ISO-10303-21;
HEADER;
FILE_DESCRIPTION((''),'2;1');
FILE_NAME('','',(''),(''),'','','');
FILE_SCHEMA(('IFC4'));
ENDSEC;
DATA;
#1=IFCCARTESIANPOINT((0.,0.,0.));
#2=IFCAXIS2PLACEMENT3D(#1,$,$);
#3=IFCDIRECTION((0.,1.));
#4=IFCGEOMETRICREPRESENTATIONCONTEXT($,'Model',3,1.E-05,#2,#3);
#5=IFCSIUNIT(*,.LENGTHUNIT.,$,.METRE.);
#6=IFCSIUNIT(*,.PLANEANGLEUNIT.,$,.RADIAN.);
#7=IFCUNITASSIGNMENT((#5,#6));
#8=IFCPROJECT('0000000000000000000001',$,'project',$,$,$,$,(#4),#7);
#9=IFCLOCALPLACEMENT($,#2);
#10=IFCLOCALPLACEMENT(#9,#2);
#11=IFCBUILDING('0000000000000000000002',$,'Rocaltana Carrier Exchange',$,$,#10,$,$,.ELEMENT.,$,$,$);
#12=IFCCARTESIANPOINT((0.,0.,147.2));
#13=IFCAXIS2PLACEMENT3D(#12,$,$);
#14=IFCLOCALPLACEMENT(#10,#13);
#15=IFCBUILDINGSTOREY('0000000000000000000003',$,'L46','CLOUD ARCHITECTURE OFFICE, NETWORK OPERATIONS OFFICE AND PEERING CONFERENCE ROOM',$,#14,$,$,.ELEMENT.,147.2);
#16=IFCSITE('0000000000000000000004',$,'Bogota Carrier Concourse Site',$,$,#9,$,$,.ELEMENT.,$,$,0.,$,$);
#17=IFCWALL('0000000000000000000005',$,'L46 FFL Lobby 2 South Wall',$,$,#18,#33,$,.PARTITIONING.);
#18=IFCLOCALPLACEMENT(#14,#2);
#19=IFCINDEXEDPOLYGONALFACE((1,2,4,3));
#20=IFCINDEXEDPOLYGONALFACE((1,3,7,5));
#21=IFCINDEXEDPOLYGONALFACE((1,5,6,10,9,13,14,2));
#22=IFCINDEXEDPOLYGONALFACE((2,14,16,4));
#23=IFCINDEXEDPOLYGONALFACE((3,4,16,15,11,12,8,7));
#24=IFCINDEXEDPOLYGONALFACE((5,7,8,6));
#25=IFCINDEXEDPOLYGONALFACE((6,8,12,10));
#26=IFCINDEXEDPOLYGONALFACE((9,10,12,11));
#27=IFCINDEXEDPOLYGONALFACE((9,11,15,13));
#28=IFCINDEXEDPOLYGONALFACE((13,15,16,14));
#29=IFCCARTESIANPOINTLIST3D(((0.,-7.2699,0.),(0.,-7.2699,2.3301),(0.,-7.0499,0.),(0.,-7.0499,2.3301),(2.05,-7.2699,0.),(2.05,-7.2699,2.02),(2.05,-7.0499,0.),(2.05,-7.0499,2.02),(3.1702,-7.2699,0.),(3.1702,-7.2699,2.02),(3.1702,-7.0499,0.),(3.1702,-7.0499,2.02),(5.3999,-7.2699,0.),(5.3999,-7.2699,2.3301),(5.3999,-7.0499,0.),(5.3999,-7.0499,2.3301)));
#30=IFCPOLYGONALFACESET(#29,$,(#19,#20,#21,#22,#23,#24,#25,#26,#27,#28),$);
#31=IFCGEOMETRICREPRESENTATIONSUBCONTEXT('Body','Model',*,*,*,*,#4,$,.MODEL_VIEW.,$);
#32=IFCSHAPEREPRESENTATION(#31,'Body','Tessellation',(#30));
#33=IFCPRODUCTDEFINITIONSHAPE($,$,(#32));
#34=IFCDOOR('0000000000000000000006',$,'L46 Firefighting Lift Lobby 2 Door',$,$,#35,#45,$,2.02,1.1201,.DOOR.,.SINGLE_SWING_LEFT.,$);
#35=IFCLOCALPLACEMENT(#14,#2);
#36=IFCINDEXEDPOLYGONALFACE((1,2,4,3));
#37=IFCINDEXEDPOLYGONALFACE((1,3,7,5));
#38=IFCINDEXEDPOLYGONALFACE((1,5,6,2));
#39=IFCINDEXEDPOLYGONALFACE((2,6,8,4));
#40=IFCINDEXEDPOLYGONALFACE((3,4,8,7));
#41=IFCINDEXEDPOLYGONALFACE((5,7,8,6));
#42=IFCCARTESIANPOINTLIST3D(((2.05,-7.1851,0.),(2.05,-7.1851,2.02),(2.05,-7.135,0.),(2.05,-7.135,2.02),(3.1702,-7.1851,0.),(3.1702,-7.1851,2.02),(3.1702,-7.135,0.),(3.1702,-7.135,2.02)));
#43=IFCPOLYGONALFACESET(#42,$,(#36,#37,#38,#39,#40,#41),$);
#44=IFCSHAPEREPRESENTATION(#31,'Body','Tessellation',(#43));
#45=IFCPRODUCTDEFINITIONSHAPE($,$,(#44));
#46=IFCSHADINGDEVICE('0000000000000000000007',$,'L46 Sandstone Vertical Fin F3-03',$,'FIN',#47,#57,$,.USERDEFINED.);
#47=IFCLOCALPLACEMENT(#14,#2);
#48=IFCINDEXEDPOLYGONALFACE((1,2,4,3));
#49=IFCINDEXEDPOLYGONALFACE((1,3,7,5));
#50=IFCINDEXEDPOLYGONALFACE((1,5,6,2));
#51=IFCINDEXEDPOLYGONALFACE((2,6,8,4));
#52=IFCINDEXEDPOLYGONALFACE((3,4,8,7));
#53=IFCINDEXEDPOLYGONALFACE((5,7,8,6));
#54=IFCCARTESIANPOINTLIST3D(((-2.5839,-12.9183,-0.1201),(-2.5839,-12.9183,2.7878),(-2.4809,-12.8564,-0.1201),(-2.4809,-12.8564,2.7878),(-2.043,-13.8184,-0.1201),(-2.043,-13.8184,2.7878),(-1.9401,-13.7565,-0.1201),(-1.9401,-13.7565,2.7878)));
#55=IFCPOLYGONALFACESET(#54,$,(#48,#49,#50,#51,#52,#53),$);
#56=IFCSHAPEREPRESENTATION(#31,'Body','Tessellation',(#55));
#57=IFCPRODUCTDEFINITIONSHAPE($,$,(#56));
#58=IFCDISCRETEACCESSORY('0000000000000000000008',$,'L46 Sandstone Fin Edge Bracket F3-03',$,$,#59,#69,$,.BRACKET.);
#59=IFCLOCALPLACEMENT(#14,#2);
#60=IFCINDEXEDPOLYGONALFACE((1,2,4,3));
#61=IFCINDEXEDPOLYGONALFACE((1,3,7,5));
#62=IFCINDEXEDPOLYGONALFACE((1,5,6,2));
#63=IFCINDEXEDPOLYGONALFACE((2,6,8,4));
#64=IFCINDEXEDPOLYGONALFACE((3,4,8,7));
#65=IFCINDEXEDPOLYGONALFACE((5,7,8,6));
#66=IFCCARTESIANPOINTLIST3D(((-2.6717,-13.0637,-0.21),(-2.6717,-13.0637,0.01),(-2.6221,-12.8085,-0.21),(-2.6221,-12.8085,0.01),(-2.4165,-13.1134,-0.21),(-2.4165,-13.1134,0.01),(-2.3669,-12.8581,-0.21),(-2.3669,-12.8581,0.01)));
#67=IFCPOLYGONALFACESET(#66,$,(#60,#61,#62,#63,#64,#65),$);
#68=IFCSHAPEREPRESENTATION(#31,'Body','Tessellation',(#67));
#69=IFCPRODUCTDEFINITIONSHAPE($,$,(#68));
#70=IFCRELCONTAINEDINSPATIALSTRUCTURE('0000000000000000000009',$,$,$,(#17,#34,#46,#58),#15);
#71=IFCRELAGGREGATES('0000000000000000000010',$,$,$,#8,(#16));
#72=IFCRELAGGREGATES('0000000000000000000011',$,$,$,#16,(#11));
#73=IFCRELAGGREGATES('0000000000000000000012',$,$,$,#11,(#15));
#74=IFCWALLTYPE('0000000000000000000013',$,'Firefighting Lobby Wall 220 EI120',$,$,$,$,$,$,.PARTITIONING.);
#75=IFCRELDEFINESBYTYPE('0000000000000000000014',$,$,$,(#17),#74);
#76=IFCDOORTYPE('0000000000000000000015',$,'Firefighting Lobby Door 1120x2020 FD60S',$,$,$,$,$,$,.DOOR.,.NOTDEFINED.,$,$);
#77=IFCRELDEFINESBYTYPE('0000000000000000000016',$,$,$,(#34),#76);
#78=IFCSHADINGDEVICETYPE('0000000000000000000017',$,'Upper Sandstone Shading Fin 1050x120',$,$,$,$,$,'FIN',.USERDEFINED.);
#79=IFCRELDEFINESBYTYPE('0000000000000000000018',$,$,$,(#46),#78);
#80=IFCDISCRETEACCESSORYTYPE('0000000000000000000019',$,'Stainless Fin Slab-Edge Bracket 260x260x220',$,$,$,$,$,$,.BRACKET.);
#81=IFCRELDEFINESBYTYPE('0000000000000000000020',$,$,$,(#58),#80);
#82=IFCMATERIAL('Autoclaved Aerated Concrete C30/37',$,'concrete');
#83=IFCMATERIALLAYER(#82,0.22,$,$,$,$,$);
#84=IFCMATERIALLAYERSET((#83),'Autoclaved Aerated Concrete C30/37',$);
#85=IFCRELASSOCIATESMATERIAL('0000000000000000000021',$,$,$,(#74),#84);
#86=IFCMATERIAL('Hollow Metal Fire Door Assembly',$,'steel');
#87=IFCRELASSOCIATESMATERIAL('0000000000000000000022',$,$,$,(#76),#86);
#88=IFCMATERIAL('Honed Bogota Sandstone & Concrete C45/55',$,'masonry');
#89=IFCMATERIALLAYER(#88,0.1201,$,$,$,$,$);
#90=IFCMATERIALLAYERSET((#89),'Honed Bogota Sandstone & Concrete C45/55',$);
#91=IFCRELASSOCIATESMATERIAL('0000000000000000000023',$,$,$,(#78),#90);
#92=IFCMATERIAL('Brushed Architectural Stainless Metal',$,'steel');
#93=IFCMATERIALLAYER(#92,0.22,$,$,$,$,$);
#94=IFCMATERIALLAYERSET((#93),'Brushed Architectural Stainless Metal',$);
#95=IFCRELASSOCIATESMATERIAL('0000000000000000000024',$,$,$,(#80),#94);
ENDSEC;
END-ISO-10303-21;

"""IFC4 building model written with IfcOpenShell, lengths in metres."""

from ifc_helpers import new_model, si_unit, direction, frame, frame_2d, origin, origin_2d, place, context, subcontext, project, spatial, rectangle, extrude, material, layer, layer_set, type_object, element, fill, save


model = new_model("IFC4")

# Units and contexts
model_context = context("Model", 3, precision=1e-05, world=origin(), true_north=direction((0.0, 1.0)))
body_context = subcontext(model_context, "Body", "Model", "MODEL_VIEW")
ifc_project = project(units=[si_unit("LENGTHUNIT", "METRE"), si_unit("PLANEANGLEUNIT", "RADIAN")], contexts=[model_context])

# Site, building, storey
site_placement = place(None, origin())
site = spatial("IfcSite", under=ifc_project, at=site_placement, Name="Bogota Carrier Concourse Site", CompositionType="ELEMENT", RefElevation=0.0)
building_placement = place(site_placement, origin())
building = spatial("IfcBuilding", under=site, at=building_placement, Name="Rocaltana Carrier Exchange", CompositionType="ELEMENT")
storey_placement = place(building_placement, frame((0.0, 0.0, 147.2)))
storey = spatial("IfcBuildingStorey", under=building, at=storey_placement, Name="L46", Description="CLOUD ARCHITECTURE OFFICE, NETWORK OPERATIONS OFFICE AND PEERING CONFERENCE ROOM", CompositionType="ELEMENT", Elevation=147.2)

# Shared definitions
ifc_material_1 = material(Name="Autoclaved Aerated Concrete C30/37", Category="concrete")
ifc_layer_1 = layer(ifc_material_1, 0.22)
ifc_layer_set_1 = layer_set([ifc_layer_1], Name="Autoclaved Aerated Concrete C30/37")
wall_type_1 = type_object("IfcWallType", Name="Firefighting Lobby Wall 220 EI120", PredefinedType="PARTITIONING", material=ifc_layer_set_1)

# Wall, opening, door
ifc_material_2 = material(Name="Hollow Metal Fire Door Assembly", Category="steel")
door_type = type_object("IfcDoorType", Name="Firefighting Lobby Door 1120x2020 FD60S", OperationType="NOTDEFINED", PredefinedType="DOOR", material=ifc_material_2)
wall_1_placement = place(storey_placement, frame((0.0, -7.1599, 0.0), z_axis=(0.0, 0.0, 1.0), x_axis=(1.0, 0.0, 0.0)))
wall_1 = element("IfcWall", 1, at=wall_1_placement, inside=storey, type_object=wall_type_1, Name="L46 FFL Lobby 2 South Wall", PredefinedType="PARTITIONING", context=body_context, shape_type="SweptSolid", body=[
    extrude(rectangle(XDim=5.3999, YDim=0.22, at=frame_2d((2.7, 0.0))), origin(), (0.0, 0.0, 1.0), 2.3301),
])
opening_1_placement = place(wall_1_placement, frame((2.05, 0.0, 0.0)))
opening_1 = element("IfcOpeningElement", 2, at=opening_1_placement, cuts=wall_1, PredefinedType="OPENING", context=body_context, shape_type="SweptSolid", body=[
    extrude(rectangle(XDim=1.1201, YDim=2.02, at=frame_2d((0.5601, 1.01))), frame((0.0, 0.1199, 0.0), z_axis=(0.0, -1.0, 0.0), x_axis=(1.0, 0.0, 0.0)), (0.0, 0.0, 1.0), 0.24),
])
door_1_placement = place(opening_1_placement, origin())
door_1 = element("IfcDoor", 3, at=door_1_placement, inside=storey, type_object=door_type, Name="L46 Firefighting Lift Lobby 2 Door", OperationType="SINGLE_SWING_LEFT", OverallHeight=2.02, OverallWidth=1.1201, PredefinedType="DOOR", context=body_context, shape_type="SweptSolid", body=[
    extrude(rectangle(XDim=1.1201, YDim=2.02, at=frame_2d((0.5601, 1.01))), frame((0.0, 0.0249, 0.0), z_axis=(0.0, -1.0, 0.0), x_axis=(1.0, 0.0, 0.0)), (0.0, 0.0, 1.0), 0.05),
])
fill(opening_1, door_1)

# Shading device
ifc_material_3 = material(Name="Honed Bogota Sandstone & Concrete C45/55", Category="masonry")
ifc_layer_2 = layer(ifc_material_3, 0.1201)
ifc_layer_set_2 = layer_set([ifc_layer_2], Name="Honed Bogota Sandstone & Concrete C45/55")
shading_device_type = type_object("IfcShadingDeviceType", Name="Upper Sandstone Shading Fin 1050x120", ElementType="FIN", PredefinedType="USERDEFINED", material=ifc_layer_set_2)
shading_device_placement = place(storey_placement, frame((-2.262, -13.3374, -0.1201), z_axis=(0.0, 0.0, 1.0), x_axis=(0.515038, -0.857167, 0.0)))
element("IfcShadingDevice", 4, at=shading_device_placement, inside=storey, type_object=shading_device_type, Name="L46 Sandstone Vertical Fin F3-03", ObjectType="FIN", PredefinedType="USERDEFINED", context=body_context, shape_type="SweptSolid", body=[
    extrude(rectangle(XDim=1.05, YDim=0.1201, at=origin_2d()), origin(), (0.0, 0.0, 1.0), 2.908),
])

# Discrete accessory
ifc_material_4 = material(Name="Brushed Architectural Stainless Metal", Category="steel")
ifc_layer_3 = layer(ifc_material_4, 0.22)
ifc_layer_set_3 = layer_set([ifc_layer_3], Name="Brushed Architectural Stainless Metal")
discrete_accessory_type = type_object("IfcDiscreteAccessoryType", Name="Stainless Fin Slab-Edge Bracket 260x260x220", PredefinedType="BRACKET", material=ifc_layer_set_3)
discrete_accessory_placement = place(storey_placement, frame((-2.5193, -12.9609, -0.21), z_axis=(0.0, 0.0, 1.0), x_axis=(0.981627, -0.190809, 0.0)))
element("IfcDiscreteAccessory", 5, at=discrete_accessory_placement, inside=storey, type_object=discrete_accessory_type, Name="L46 Sandstone Fin Edge Bracket F3-03", PredefinedType="BRACKET", context=body_context, shape_type="SweptSolid", body=[
    extrude(rectangle(XDim=0.26, YDim=0.26, at=origin_2d()), origin(), (0.0, 0.0, 1.0), 0.22),
])

save(model, "model.ifc")
